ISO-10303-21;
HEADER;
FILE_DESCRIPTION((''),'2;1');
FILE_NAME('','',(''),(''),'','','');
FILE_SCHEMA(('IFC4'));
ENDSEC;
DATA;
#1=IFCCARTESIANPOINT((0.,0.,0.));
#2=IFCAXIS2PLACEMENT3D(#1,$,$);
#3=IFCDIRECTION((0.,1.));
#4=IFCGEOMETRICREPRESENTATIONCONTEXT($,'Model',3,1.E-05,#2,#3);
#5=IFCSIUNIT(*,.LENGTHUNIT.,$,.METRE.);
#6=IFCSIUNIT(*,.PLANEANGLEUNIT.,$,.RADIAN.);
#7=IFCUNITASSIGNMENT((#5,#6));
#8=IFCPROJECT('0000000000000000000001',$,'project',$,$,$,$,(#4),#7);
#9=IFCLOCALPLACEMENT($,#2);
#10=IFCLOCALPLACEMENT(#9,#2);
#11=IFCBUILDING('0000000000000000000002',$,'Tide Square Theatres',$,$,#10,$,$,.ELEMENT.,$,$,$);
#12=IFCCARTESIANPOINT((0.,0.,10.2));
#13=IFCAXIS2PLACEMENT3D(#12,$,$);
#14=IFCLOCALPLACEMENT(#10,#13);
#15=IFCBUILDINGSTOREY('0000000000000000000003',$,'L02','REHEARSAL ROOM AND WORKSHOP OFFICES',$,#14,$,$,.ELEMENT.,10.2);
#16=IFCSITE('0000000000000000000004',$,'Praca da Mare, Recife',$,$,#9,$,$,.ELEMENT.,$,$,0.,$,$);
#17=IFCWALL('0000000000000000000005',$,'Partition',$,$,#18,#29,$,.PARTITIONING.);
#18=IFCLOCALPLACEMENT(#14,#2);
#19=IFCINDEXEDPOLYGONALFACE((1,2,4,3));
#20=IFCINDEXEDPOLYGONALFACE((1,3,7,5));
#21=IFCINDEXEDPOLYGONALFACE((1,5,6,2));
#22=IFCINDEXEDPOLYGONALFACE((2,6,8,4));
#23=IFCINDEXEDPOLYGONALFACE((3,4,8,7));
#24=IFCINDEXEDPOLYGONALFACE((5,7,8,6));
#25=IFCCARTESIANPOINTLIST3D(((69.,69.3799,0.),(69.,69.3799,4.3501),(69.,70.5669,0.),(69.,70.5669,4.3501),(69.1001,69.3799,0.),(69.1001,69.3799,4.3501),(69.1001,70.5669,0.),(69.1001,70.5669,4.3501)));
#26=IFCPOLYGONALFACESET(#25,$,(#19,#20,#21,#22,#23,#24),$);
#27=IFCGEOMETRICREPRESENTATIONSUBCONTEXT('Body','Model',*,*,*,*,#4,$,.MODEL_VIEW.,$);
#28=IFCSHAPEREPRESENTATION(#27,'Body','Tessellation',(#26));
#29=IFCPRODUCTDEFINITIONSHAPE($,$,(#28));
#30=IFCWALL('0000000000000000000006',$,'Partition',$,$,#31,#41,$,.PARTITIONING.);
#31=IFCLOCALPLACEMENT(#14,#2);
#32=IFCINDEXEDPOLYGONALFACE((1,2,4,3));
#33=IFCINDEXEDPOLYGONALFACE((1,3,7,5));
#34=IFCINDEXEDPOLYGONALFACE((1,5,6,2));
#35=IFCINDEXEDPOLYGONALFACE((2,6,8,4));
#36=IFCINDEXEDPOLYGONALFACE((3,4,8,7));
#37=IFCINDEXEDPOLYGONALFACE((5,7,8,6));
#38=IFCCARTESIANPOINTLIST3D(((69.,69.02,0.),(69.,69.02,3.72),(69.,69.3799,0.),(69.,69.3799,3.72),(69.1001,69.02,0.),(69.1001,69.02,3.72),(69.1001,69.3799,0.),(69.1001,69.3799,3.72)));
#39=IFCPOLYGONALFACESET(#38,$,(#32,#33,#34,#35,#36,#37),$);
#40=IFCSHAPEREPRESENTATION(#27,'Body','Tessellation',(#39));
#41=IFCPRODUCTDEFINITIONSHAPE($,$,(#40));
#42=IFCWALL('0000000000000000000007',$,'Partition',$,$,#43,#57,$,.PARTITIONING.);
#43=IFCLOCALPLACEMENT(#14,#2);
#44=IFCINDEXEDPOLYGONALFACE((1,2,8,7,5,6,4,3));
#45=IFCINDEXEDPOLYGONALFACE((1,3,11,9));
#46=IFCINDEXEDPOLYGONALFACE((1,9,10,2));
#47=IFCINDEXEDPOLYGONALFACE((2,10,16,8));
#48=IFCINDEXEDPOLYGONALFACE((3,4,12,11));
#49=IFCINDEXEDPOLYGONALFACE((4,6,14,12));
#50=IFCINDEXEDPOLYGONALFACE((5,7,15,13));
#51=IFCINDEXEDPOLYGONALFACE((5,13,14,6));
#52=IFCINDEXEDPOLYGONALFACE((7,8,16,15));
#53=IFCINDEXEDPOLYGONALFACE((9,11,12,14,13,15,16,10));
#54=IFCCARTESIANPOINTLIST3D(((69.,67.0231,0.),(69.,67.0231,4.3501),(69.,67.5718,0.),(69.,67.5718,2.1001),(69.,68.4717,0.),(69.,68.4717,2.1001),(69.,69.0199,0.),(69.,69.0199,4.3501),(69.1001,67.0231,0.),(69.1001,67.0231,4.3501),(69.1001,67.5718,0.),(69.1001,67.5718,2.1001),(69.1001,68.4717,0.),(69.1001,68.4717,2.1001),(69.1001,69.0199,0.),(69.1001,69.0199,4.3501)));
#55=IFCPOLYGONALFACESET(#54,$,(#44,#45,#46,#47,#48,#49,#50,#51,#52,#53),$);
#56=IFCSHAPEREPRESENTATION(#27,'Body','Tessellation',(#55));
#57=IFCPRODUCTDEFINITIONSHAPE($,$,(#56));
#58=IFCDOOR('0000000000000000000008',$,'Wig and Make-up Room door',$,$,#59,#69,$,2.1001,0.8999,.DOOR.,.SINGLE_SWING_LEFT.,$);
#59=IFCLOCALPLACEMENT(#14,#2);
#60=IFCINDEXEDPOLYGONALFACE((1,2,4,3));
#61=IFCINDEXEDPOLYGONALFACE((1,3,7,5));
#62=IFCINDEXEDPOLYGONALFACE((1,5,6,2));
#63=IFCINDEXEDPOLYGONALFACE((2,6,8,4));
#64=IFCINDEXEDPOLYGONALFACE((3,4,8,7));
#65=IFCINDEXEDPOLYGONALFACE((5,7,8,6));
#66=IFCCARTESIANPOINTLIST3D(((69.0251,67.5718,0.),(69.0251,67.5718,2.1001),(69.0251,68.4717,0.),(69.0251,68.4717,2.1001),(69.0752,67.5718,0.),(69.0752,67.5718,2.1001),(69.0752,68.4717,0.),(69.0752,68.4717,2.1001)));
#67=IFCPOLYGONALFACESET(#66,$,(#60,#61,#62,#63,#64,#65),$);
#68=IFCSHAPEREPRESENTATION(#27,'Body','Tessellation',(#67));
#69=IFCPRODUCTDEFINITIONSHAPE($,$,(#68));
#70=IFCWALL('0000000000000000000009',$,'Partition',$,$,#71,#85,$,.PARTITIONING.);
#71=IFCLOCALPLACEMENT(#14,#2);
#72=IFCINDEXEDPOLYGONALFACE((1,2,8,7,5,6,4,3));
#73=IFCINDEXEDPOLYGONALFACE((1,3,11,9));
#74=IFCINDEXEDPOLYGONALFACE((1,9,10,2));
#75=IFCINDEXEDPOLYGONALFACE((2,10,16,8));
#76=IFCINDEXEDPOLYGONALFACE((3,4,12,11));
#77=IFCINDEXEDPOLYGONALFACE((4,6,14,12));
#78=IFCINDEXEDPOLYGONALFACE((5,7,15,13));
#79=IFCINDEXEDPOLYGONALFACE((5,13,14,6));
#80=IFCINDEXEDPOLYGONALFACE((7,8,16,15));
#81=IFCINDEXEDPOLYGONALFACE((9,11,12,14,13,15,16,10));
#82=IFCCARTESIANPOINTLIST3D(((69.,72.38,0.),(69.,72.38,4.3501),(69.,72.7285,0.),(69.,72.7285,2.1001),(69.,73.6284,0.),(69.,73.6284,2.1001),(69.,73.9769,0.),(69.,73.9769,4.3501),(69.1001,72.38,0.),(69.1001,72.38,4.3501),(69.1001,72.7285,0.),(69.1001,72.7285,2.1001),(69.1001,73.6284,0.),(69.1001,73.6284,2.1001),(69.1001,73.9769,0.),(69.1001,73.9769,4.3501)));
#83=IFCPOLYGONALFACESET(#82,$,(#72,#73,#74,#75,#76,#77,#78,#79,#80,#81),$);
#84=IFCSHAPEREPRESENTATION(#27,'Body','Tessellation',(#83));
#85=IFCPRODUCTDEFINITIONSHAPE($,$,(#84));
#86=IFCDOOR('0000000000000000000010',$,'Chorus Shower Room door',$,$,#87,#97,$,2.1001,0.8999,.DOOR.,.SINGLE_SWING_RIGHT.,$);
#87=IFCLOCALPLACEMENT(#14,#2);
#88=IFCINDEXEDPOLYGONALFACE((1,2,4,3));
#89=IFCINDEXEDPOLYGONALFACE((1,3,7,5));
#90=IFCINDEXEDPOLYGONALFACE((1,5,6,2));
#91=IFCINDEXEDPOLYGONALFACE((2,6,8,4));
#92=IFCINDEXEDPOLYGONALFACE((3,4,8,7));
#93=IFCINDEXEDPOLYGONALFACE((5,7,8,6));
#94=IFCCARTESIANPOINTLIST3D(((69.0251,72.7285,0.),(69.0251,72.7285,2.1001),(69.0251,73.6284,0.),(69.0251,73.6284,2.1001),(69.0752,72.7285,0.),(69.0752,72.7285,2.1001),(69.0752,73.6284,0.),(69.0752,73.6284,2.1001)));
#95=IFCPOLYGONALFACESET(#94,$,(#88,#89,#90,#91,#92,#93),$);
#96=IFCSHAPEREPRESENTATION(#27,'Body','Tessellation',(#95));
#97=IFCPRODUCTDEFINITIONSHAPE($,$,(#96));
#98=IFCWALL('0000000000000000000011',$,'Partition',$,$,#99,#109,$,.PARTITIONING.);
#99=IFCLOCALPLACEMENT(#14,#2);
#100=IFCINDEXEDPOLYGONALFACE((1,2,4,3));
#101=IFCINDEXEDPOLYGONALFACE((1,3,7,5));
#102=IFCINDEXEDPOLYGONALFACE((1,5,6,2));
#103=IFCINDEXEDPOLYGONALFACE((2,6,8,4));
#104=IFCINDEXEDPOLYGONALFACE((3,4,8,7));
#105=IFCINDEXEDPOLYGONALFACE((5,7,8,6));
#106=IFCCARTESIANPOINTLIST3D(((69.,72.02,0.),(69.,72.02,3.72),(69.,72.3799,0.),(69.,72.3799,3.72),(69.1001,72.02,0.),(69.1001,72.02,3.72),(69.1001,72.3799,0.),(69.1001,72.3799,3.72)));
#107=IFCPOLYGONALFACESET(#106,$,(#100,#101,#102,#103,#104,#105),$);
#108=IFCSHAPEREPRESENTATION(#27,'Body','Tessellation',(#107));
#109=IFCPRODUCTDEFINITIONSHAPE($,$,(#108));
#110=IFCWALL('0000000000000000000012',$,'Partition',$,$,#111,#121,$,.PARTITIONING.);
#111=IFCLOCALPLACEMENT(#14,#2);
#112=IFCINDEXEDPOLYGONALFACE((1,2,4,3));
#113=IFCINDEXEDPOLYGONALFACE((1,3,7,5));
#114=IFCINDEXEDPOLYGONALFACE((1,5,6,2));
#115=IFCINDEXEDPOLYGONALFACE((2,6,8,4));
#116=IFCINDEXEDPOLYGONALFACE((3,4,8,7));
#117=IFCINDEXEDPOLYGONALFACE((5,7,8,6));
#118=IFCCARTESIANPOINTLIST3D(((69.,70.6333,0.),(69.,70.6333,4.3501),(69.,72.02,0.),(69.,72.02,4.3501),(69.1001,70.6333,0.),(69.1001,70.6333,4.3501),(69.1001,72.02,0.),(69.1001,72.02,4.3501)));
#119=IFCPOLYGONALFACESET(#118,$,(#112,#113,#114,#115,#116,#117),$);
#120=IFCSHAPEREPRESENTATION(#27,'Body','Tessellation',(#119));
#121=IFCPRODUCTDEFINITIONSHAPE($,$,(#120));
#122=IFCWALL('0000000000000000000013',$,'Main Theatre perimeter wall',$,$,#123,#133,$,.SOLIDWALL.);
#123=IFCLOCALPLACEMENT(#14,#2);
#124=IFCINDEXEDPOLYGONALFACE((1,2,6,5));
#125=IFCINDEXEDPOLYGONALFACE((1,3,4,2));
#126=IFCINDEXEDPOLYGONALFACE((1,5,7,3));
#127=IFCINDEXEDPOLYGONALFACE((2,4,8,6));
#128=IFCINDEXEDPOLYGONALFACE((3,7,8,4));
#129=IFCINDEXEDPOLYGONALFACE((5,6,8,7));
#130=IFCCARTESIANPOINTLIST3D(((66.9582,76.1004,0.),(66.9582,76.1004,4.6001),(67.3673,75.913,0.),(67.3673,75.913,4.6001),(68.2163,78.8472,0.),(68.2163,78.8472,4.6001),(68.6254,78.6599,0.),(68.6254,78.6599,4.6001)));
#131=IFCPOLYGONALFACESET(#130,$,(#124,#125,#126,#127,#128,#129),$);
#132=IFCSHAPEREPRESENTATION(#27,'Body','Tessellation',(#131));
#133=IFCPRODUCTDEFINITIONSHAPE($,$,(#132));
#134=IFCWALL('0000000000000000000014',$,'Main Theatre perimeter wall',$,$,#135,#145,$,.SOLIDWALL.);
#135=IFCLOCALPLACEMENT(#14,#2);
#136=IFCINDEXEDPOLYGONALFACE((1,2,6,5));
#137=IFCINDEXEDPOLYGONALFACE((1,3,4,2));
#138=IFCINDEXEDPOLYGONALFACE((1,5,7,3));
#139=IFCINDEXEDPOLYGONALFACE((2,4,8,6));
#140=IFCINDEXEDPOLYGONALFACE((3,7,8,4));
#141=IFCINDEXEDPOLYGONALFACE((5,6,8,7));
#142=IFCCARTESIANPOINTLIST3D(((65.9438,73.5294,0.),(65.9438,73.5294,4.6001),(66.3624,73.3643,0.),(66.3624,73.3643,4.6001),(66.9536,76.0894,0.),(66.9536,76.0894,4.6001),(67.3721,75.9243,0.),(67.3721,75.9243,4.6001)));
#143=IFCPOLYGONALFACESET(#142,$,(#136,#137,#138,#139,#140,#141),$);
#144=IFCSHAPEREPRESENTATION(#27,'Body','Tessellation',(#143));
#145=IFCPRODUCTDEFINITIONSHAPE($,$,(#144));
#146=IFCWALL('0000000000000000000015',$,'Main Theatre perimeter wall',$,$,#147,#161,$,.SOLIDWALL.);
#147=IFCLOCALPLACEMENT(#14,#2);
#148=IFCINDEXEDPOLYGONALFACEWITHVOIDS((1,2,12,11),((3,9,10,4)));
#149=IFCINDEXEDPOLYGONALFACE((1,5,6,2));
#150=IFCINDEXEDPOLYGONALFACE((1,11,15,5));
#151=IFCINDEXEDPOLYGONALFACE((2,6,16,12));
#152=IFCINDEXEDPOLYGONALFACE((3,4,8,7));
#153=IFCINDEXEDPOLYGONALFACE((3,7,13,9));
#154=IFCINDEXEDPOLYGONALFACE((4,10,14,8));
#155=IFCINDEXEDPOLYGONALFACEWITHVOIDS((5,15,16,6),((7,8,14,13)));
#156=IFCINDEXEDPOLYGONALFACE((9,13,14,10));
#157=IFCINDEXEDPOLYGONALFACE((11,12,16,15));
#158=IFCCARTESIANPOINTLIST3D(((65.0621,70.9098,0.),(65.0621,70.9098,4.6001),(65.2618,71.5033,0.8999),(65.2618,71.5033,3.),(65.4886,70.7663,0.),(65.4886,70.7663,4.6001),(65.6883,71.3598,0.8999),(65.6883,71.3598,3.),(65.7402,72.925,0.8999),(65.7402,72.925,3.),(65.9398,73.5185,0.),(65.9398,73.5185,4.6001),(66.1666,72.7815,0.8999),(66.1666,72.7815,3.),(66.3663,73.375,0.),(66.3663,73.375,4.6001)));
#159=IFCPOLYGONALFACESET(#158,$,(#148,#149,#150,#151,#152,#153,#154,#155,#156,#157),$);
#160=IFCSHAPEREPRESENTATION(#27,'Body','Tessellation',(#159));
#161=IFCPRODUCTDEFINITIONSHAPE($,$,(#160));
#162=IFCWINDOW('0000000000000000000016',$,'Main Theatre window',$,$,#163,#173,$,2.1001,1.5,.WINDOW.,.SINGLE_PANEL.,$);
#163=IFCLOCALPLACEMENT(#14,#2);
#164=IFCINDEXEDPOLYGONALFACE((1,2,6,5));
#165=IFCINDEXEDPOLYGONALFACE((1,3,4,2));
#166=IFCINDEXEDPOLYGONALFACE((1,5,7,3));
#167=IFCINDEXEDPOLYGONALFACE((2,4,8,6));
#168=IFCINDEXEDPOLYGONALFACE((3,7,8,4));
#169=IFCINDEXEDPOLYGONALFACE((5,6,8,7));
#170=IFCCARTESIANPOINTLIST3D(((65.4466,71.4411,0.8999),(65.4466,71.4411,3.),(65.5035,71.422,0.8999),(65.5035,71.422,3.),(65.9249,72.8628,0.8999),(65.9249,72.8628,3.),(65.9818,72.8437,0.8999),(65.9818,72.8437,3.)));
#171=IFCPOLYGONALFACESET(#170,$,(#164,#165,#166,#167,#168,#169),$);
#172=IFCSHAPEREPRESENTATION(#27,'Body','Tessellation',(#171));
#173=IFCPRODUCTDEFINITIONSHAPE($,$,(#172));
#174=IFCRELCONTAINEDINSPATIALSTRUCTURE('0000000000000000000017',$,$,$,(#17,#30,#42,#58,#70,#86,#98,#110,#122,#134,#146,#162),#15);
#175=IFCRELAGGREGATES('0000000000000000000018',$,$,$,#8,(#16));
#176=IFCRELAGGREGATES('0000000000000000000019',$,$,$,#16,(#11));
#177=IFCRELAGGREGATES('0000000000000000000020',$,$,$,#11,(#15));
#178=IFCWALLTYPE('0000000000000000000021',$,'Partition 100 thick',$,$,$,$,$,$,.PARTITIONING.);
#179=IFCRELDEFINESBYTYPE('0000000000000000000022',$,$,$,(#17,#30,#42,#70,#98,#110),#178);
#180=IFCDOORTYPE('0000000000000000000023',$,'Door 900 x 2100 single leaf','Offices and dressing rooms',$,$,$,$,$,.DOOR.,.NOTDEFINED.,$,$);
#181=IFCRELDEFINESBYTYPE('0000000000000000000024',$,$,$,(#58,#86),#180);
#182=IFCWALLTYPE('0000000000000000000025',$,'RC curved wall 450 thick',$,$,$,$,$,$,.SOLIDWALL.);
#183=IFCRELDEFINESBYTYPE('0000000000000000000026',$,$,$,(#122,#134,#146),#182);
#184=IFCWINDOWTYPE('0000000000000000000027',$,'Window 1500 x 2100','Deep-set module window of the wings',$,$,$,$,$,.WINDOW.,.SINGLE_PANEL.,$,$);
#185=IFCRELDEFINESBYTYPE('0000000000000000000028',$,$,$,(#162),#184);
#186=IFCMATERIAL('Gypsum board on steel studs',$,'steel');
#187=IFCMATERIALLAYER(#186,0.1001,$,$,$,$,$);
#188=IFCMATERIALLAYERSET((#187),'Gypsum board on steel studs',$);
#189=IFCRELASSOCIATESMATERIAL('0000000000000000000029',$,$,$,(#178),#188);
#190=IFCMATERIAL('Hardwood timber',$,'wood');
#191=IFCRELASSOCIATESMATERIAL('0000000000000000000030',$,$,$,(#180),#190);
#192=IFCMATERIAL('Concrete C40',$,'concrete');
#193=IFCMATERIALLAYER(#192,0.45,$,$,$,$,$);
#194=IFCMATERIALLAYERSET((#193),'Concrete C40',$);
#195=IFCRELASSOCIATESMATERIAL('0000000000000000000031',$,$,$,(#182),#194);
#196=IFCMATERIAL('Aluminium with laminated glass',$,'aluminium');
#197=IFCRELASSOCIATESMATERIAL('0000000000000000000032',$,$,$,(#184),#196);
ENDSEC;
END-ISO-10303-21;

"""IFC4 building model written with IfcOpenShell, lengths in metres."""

from ifc_helpers import new_model, si_unit, direction, frame, frame_2d, origin, place, context, subcontext, project, spatial, rectangle, extrude, material, layer, layer_set, type_object, element, fill, save


model = new_model("IFC4")

# Units and contexts
model_context = context("Model", 3, precision=1e-05, world=origin(), true_north=direction((0.0, 1.0)))
body_context = subcontext(model_context, "Body", "Model", "MODEL_VIEW")
ifc_project = project(units=[si_unit("LENGTHUNIT", "METRE"), si_unit("PLANEANGLEUNIT", "RADIAN")], contexts=[model_context])

# Site, building, storey
site_placement = place(None, origin())
site = spatial("IfcSite", under=ifc_project, at=site_placement, Name="Praca da Mare, Recife", CompositionType="ELEMENT", RefElevation=0.0)
building_placement = place(site_placement, origin())
building = spatial("IfcBuilding", under=site, at=building_placement, Name="Tide Square Theatres", CompositionType="ELEMENT")
storey_placement = place(building_placement, frame((0.0, 0.0, 10.2)))
storey = spatial("IfcBuildingStorey", under=building, at=storey_placement, Name="L02", Description="REHEARSAL ROOM AND WORKSHOP OFFICES", CompositionType="ELEMENT", Elevation=10.2)

# Shared definitions
ifc_material_1 = material(Name="Gypsum board on steel studs", Category="steel")
ifc_layer_1 = layer(ifc_material_1, 0.1001)
ifc_layer_set_1 = layer_set([ifc_layer_1], Name="Gypsum board on steel studs")
wall_type_1 = type_object("IfcWallType", Name="Partition 100 thick", PredefinedType="PARTITIONING", material=ifc_layer_set_1)

# Shared definitions
ifc_material_2 = material(Name="Hardwood timber", Category="wood")
door_type = type_object("IfcDoorType", Name="Door 900 x 2100 single leaf", Description="Offices and dressing rooms", OperationType="NOTDEFINED", PredefinedType="DOOR", material=ifc_material_2)

# Walls
wall_1_placement = place(storey_placement, frame((69.05, 70.5669, 0.0), z_axis=(0.0, 0.0, 1.0), x_axis=(0.0, -1.0, 0.0)))
element("IfcWall", 1, at=wall_1_placement, inside=storey, type_object=wall_type_1, Name="Partition", PredefinedType="PARTITIONING", context=body_context, shape_type="SweptSolid", body=[
    extrude(rectangle(XDim=1.187, YDim=0.1001, at=frame_2d((0.5935, 0.0))), origin(), (0.0, 0.0, 1.0), 4.3501),
])
wall_2_placement = place(storey_placement, frame((69.05, 69.3799, 0.0), z_axis=(0.0, 0.0, 1.0), x_axis=(0.0, -1.0, 0.0)))
element("IfcWall", 2, at=wall_2_placement, inside=storey, type_object=wall_type_1, Name="Partition", PredefinedType="PARTITIONING", context=body_context, shape_type="SweptSolid", body=[
    extrude(rectangle(XDim=0.3599, YDim=0.1001, at=frame_2d((0.1799, 0.0))), origin(), (0.0, 0.0, 1.0), 3.72),
])

# Walls, openings, doors
wall_3_placement = place(storey_placement, frame((69.05, 69.02, 0.0), z_axis=(0.0, 0.0, 1.0), x_axis=(0.0, -1.0, 0.0)))
wall_3 = element("IfcWall", 3, at=wall_3_placement, inside=storey, type_object=wall_type_1, Name="Partition", PredefinedType="PARTITIONING", context=body_context, shape_type="SweptSolid", body=[
    extrude(rectangle(XDim=1.9968, YDim=0.1001, at=frame_2d((0.9985, 0.0))), origin(), (0.0, 0.0, 1.0), 4.3501),
])
opening_1_placement = place(wall_3_placement, frame((0.5483, 0.0, 0.0)))
opening_1 = element("IfcOpeningElement", 4, at=opening_1_placement, cuts=wall_3, PredefinedType="OPENING", context=body_context, shape_type="SweptSolid", body=[
    extrude(rectangle(XDim=0.8999, YDim=2.1001, at=frame_2d((0.45, 1.05))), frame((0.0, 0.0601, 0.0), z_axis=(0.0, -1.0, 0.0), x_axis=(1.0, 0.0, 0.0)), (0.0, 0.0, 1.0), 0.1201),
])
door_1_placement = place(opening_1_placement, frame((0.8999, 0.0, 0.0), z_axis=(0.0, 0.0, 1.0), x_axis=(-1.0, 0.0, 0.0)))
door_1 = element("IfcDoor", 5, at=door_1_placement, inside=storey, type_object=door_type, Name="Wig and Make-up Room door", OperationType="SINGLE_SWING_LEFT", OverallHeight=2.1001, OverallWidth=0.8999, PredefinedType="DOOR", context=body_context, shape_type="SweptSolid", body=[
    extrude(rectangle(XDim=0.8999, YDim=2.1001, at=frame_2d((0.45, 1.05))), frame((0.0, 0.0249, 0.0), z_axis=(0.0, -1.0, 0.0), x_axis=(1.0, 0.0, 0.0)), (0.0, 0.0, 1.0), 0.05),
])
fill(opening_1, door_1)
wall_4_placement = place(storey_placement, frame((69.05, 73.9768, 0.0), z_axis=(0.0, 0.0, 1.0), x_axis=(0.0, -1.0, 0.0)))
wall_4 = element("IfcWall", 6, at=wall_4_placement, inside=storey, type_object=wall_type_1, Name="Partition", PredefinedType="PARTITIONING", context=body_context, shape_type="SweptSolid", body=[
    extrude(rectangle(XDim=1.5969, YDim=0.1001, at=frame_2d((0.7983, 0.0))), origin(), (0.0, 0.0, 1.0), 4.3501),
])
opening_2_placement = place(wall_4_placement, frame((0.3484, 0.0, 0.0)))
opening_2 = element("IfcOpeningElement", 7, at=opening_2_placement, cuts=wall_4, PredefinedType="OPENING", context=body_context, shape_type="SweptSolid", body=[
    extrude(rectangle(XDim=0.8999, YDim=2.1001, at=frame_2d((0.45, 1.05))), frame((0.0, 0.0601, 0.0), z_axis=(0.0, -1.0, 0.0), x_axis=(1.0, 0.0, 0.0)), (0.0, 0.0, 1.0), 0.1201),
])
door_2_placement = place(opening_2_placement, frame((0.8999, 0.0, 0.0), z_axis=(0.0, 0.0, 1.0), x_axis=(-1.0, 0.0, 0.0)))
door_2 = element("IfcDoor", 8, at=door_2_placement, inside=storey, type_object=door_type, Name="Chorus Shower Room door", OperationType="SINGLE_SWING_RIGHT", OverallHeight=2.1001, OverallWidth=0.8999, PredefinedType="DOOR", context=body_context, shape_type="SweptSolid", body=[
    extrude(rectangle(XDim=0.8999, YDim=2.1001, at=frame_2d((0.45, 1.05))), frame((0.0, 0.0249, 0.0), z_axis=(0.0, -1.0, 0.0), x_axis=(1.0, 0.0, 0.0)), (0.0, 0.0, 1.0), 0.05),
])
fill(opening_2, door_2)

# Walls
wall_5_placement = place(storey_placement, frame((69.05, 72.3799, 0.0), z_axis=(0.0, 0.0, 1.0), x_axis=(0.0, -1.0, 0.0)))
element("IfcWall", 9, at=wall_5_placement, inside=storey, type_object=wall_type_1, Name="Partition", PredefinedType="PARTITIONING", context=body_context, shape_type="SweptSolid", body=[
    extrude(rectangle(XDim=0.3599, YDim=0.1001, at=frame_2d((0.1799, 0.0))), origin(), (0.0, 0.0, 1.0), 3.72),
])
wall_6_placement = place(storey_placement, frame((69.05, 72.02, 0.0), z_axis=(0.0, 0.0, 1.0), x_axis=(0.0, -1.0, 0.0)))
element("IfcWall", 10, at=wall_6_placement, inside=storey, type_object=wall_type_1, Name="Partition", PredefinedType="PARTITIONING", context=body_context, shape_type="SweptSolid", body=[
    extrude(rectangle(XDim=1.3867, YDim=0.1001, at=frame_2d((0.6934, 0.0))), origin(), (0.0, 0.0, 1.0), 4.3501),
])
ifc_material_3 = material(Name="Concrete C40", Category="concrete")
ifc_layer_2 = layer(ifc_material_3, 0.45)
ifc_layer_set_2 = layer_set([ifc_layer_2], Name="Concrete C40")
wall_type_2 = type_object("IfcWallType", Name="RC curved wall 450 thick", PredefinedType="SOLIDWALL", material=ifc_layer_set_2)
wall_7_placement = place(storey_placement, frame((68.4209, 78.7537, 0.0), z_axis=(0.0, 0.0, 1.0), x_axis=(-0.416407, -0.909178, 0.0)))
element("IfcWall", 11, at=wall_7_placement, inside=storey, type_object=wall_type_2, Name="Main Theatre perimeter wall", PredefinedType="SOLIDWALL", context=body_context, shape_type="SweptSolid", body=[
    extrude(rectangle(XDim=3.0212, YDim=0.45, at=frame_2d((1.5107, 0.0))), origin(), (0.0, 0.0, 1.0), 4.6001),
])
wall_8_placement = place(storey_placement, frame((67.1628, 76.0068, 0.0), z_axis=(0.0, 0.0, 1.0), x_axis=(-0.36692, -0.930252, 0.0)))
element("IfcWall", 12, at=wall_8_placement, inside=storey, type_object=wall_type_2, Name="Main Theatre perimeter wall", PredefinedType="SOLIDWALL", context=body_context, shape_type="SweptSolid", body=[
    extrude(rectangle(XDim=2.752, YDim=0.45, at=frame_2d((1.376, 0.0))), origin(), (0.0, 0.0, 1.0), 4.6001),
])

# Wall, opening, window
wall_9_placement = place(storey_placement, frame((66.1531, 73.4468, 0.0), z_axis=(0.0, 0.0, 1.0), x_axis=(-0.318888, -0.947793, 0.0)))
wall_9 = element("IfcWall", 13, at=wall_9_placement, inside=storey, type_object=wall_type_2, Name="Main Theatre perimeter wall", PredefinedType="SOLIDWALL", context=body_context, shape_type="SweptSolid", body=[
    extrude(rectangle(XDim=2.7524, YDim=0.45, at=frame_2d((1.3762, 0.0))), origin(), (0.0, 0.0, 1.0), 4.6001),
])
opening_3_placement = place(wall_9_placement, frame((0.6262, 0.0, 0.8999)))
opening_3 = element("IfcOpeningElement", 14, at=opening_3_placement, cuts=wall_9, PredefinedType="OPENING", context=body_context, shape_type="SweptSolid", body=[
    extrude(rectangle(XDim=1.5, YDim=2.1001, at=frame_2d((0.75, 1.05))), frame((0.0, 0.2349, 0.0), z_axis=(0.0, -1.0, 0.0), x_axis=(1.0, 0.0, 0.0)), (0.0, 0.0, 1.0), 0.47),
])
ifc_material_4 = material(Name="Aluminium with laminated glass", Category="aluminium")
window_type = type_object("IfcWindowType", Name="Window 1500 x 2100", Description="Deep-set module window of the wings", PartitioningType="SINGLE_PANEL", PredefinedType="WINDOW", material=ifc_material_4)
window_1_placement = place(opening_3_placement, origin())
window_1 = element("IfcWindow", 15, at=window_1_placement, inside=storey, type_object=window_type, Name="Main Theatre window", OverallHeight=2.1001, OverallWidth=1.5, PartitioningType="SINGLE_PANEL", PredefinedType="WINDOW", context=body_context, shape_type="SweptSolid", body=[
    extrude(rectangle(XDim=1.5, YDim=2.1001, at=frame_2d((0.75, 1.05))), frame((0.0, 0.03, 0.0), z_axis=(0.0, -1.0, 0.0), x_axis=(1.0, 0.0, 0.0)), (0.0, 0.0, 1.0), 0.0601),
])
fill(opening_3, window_1)

save(model, "model.ifc")
